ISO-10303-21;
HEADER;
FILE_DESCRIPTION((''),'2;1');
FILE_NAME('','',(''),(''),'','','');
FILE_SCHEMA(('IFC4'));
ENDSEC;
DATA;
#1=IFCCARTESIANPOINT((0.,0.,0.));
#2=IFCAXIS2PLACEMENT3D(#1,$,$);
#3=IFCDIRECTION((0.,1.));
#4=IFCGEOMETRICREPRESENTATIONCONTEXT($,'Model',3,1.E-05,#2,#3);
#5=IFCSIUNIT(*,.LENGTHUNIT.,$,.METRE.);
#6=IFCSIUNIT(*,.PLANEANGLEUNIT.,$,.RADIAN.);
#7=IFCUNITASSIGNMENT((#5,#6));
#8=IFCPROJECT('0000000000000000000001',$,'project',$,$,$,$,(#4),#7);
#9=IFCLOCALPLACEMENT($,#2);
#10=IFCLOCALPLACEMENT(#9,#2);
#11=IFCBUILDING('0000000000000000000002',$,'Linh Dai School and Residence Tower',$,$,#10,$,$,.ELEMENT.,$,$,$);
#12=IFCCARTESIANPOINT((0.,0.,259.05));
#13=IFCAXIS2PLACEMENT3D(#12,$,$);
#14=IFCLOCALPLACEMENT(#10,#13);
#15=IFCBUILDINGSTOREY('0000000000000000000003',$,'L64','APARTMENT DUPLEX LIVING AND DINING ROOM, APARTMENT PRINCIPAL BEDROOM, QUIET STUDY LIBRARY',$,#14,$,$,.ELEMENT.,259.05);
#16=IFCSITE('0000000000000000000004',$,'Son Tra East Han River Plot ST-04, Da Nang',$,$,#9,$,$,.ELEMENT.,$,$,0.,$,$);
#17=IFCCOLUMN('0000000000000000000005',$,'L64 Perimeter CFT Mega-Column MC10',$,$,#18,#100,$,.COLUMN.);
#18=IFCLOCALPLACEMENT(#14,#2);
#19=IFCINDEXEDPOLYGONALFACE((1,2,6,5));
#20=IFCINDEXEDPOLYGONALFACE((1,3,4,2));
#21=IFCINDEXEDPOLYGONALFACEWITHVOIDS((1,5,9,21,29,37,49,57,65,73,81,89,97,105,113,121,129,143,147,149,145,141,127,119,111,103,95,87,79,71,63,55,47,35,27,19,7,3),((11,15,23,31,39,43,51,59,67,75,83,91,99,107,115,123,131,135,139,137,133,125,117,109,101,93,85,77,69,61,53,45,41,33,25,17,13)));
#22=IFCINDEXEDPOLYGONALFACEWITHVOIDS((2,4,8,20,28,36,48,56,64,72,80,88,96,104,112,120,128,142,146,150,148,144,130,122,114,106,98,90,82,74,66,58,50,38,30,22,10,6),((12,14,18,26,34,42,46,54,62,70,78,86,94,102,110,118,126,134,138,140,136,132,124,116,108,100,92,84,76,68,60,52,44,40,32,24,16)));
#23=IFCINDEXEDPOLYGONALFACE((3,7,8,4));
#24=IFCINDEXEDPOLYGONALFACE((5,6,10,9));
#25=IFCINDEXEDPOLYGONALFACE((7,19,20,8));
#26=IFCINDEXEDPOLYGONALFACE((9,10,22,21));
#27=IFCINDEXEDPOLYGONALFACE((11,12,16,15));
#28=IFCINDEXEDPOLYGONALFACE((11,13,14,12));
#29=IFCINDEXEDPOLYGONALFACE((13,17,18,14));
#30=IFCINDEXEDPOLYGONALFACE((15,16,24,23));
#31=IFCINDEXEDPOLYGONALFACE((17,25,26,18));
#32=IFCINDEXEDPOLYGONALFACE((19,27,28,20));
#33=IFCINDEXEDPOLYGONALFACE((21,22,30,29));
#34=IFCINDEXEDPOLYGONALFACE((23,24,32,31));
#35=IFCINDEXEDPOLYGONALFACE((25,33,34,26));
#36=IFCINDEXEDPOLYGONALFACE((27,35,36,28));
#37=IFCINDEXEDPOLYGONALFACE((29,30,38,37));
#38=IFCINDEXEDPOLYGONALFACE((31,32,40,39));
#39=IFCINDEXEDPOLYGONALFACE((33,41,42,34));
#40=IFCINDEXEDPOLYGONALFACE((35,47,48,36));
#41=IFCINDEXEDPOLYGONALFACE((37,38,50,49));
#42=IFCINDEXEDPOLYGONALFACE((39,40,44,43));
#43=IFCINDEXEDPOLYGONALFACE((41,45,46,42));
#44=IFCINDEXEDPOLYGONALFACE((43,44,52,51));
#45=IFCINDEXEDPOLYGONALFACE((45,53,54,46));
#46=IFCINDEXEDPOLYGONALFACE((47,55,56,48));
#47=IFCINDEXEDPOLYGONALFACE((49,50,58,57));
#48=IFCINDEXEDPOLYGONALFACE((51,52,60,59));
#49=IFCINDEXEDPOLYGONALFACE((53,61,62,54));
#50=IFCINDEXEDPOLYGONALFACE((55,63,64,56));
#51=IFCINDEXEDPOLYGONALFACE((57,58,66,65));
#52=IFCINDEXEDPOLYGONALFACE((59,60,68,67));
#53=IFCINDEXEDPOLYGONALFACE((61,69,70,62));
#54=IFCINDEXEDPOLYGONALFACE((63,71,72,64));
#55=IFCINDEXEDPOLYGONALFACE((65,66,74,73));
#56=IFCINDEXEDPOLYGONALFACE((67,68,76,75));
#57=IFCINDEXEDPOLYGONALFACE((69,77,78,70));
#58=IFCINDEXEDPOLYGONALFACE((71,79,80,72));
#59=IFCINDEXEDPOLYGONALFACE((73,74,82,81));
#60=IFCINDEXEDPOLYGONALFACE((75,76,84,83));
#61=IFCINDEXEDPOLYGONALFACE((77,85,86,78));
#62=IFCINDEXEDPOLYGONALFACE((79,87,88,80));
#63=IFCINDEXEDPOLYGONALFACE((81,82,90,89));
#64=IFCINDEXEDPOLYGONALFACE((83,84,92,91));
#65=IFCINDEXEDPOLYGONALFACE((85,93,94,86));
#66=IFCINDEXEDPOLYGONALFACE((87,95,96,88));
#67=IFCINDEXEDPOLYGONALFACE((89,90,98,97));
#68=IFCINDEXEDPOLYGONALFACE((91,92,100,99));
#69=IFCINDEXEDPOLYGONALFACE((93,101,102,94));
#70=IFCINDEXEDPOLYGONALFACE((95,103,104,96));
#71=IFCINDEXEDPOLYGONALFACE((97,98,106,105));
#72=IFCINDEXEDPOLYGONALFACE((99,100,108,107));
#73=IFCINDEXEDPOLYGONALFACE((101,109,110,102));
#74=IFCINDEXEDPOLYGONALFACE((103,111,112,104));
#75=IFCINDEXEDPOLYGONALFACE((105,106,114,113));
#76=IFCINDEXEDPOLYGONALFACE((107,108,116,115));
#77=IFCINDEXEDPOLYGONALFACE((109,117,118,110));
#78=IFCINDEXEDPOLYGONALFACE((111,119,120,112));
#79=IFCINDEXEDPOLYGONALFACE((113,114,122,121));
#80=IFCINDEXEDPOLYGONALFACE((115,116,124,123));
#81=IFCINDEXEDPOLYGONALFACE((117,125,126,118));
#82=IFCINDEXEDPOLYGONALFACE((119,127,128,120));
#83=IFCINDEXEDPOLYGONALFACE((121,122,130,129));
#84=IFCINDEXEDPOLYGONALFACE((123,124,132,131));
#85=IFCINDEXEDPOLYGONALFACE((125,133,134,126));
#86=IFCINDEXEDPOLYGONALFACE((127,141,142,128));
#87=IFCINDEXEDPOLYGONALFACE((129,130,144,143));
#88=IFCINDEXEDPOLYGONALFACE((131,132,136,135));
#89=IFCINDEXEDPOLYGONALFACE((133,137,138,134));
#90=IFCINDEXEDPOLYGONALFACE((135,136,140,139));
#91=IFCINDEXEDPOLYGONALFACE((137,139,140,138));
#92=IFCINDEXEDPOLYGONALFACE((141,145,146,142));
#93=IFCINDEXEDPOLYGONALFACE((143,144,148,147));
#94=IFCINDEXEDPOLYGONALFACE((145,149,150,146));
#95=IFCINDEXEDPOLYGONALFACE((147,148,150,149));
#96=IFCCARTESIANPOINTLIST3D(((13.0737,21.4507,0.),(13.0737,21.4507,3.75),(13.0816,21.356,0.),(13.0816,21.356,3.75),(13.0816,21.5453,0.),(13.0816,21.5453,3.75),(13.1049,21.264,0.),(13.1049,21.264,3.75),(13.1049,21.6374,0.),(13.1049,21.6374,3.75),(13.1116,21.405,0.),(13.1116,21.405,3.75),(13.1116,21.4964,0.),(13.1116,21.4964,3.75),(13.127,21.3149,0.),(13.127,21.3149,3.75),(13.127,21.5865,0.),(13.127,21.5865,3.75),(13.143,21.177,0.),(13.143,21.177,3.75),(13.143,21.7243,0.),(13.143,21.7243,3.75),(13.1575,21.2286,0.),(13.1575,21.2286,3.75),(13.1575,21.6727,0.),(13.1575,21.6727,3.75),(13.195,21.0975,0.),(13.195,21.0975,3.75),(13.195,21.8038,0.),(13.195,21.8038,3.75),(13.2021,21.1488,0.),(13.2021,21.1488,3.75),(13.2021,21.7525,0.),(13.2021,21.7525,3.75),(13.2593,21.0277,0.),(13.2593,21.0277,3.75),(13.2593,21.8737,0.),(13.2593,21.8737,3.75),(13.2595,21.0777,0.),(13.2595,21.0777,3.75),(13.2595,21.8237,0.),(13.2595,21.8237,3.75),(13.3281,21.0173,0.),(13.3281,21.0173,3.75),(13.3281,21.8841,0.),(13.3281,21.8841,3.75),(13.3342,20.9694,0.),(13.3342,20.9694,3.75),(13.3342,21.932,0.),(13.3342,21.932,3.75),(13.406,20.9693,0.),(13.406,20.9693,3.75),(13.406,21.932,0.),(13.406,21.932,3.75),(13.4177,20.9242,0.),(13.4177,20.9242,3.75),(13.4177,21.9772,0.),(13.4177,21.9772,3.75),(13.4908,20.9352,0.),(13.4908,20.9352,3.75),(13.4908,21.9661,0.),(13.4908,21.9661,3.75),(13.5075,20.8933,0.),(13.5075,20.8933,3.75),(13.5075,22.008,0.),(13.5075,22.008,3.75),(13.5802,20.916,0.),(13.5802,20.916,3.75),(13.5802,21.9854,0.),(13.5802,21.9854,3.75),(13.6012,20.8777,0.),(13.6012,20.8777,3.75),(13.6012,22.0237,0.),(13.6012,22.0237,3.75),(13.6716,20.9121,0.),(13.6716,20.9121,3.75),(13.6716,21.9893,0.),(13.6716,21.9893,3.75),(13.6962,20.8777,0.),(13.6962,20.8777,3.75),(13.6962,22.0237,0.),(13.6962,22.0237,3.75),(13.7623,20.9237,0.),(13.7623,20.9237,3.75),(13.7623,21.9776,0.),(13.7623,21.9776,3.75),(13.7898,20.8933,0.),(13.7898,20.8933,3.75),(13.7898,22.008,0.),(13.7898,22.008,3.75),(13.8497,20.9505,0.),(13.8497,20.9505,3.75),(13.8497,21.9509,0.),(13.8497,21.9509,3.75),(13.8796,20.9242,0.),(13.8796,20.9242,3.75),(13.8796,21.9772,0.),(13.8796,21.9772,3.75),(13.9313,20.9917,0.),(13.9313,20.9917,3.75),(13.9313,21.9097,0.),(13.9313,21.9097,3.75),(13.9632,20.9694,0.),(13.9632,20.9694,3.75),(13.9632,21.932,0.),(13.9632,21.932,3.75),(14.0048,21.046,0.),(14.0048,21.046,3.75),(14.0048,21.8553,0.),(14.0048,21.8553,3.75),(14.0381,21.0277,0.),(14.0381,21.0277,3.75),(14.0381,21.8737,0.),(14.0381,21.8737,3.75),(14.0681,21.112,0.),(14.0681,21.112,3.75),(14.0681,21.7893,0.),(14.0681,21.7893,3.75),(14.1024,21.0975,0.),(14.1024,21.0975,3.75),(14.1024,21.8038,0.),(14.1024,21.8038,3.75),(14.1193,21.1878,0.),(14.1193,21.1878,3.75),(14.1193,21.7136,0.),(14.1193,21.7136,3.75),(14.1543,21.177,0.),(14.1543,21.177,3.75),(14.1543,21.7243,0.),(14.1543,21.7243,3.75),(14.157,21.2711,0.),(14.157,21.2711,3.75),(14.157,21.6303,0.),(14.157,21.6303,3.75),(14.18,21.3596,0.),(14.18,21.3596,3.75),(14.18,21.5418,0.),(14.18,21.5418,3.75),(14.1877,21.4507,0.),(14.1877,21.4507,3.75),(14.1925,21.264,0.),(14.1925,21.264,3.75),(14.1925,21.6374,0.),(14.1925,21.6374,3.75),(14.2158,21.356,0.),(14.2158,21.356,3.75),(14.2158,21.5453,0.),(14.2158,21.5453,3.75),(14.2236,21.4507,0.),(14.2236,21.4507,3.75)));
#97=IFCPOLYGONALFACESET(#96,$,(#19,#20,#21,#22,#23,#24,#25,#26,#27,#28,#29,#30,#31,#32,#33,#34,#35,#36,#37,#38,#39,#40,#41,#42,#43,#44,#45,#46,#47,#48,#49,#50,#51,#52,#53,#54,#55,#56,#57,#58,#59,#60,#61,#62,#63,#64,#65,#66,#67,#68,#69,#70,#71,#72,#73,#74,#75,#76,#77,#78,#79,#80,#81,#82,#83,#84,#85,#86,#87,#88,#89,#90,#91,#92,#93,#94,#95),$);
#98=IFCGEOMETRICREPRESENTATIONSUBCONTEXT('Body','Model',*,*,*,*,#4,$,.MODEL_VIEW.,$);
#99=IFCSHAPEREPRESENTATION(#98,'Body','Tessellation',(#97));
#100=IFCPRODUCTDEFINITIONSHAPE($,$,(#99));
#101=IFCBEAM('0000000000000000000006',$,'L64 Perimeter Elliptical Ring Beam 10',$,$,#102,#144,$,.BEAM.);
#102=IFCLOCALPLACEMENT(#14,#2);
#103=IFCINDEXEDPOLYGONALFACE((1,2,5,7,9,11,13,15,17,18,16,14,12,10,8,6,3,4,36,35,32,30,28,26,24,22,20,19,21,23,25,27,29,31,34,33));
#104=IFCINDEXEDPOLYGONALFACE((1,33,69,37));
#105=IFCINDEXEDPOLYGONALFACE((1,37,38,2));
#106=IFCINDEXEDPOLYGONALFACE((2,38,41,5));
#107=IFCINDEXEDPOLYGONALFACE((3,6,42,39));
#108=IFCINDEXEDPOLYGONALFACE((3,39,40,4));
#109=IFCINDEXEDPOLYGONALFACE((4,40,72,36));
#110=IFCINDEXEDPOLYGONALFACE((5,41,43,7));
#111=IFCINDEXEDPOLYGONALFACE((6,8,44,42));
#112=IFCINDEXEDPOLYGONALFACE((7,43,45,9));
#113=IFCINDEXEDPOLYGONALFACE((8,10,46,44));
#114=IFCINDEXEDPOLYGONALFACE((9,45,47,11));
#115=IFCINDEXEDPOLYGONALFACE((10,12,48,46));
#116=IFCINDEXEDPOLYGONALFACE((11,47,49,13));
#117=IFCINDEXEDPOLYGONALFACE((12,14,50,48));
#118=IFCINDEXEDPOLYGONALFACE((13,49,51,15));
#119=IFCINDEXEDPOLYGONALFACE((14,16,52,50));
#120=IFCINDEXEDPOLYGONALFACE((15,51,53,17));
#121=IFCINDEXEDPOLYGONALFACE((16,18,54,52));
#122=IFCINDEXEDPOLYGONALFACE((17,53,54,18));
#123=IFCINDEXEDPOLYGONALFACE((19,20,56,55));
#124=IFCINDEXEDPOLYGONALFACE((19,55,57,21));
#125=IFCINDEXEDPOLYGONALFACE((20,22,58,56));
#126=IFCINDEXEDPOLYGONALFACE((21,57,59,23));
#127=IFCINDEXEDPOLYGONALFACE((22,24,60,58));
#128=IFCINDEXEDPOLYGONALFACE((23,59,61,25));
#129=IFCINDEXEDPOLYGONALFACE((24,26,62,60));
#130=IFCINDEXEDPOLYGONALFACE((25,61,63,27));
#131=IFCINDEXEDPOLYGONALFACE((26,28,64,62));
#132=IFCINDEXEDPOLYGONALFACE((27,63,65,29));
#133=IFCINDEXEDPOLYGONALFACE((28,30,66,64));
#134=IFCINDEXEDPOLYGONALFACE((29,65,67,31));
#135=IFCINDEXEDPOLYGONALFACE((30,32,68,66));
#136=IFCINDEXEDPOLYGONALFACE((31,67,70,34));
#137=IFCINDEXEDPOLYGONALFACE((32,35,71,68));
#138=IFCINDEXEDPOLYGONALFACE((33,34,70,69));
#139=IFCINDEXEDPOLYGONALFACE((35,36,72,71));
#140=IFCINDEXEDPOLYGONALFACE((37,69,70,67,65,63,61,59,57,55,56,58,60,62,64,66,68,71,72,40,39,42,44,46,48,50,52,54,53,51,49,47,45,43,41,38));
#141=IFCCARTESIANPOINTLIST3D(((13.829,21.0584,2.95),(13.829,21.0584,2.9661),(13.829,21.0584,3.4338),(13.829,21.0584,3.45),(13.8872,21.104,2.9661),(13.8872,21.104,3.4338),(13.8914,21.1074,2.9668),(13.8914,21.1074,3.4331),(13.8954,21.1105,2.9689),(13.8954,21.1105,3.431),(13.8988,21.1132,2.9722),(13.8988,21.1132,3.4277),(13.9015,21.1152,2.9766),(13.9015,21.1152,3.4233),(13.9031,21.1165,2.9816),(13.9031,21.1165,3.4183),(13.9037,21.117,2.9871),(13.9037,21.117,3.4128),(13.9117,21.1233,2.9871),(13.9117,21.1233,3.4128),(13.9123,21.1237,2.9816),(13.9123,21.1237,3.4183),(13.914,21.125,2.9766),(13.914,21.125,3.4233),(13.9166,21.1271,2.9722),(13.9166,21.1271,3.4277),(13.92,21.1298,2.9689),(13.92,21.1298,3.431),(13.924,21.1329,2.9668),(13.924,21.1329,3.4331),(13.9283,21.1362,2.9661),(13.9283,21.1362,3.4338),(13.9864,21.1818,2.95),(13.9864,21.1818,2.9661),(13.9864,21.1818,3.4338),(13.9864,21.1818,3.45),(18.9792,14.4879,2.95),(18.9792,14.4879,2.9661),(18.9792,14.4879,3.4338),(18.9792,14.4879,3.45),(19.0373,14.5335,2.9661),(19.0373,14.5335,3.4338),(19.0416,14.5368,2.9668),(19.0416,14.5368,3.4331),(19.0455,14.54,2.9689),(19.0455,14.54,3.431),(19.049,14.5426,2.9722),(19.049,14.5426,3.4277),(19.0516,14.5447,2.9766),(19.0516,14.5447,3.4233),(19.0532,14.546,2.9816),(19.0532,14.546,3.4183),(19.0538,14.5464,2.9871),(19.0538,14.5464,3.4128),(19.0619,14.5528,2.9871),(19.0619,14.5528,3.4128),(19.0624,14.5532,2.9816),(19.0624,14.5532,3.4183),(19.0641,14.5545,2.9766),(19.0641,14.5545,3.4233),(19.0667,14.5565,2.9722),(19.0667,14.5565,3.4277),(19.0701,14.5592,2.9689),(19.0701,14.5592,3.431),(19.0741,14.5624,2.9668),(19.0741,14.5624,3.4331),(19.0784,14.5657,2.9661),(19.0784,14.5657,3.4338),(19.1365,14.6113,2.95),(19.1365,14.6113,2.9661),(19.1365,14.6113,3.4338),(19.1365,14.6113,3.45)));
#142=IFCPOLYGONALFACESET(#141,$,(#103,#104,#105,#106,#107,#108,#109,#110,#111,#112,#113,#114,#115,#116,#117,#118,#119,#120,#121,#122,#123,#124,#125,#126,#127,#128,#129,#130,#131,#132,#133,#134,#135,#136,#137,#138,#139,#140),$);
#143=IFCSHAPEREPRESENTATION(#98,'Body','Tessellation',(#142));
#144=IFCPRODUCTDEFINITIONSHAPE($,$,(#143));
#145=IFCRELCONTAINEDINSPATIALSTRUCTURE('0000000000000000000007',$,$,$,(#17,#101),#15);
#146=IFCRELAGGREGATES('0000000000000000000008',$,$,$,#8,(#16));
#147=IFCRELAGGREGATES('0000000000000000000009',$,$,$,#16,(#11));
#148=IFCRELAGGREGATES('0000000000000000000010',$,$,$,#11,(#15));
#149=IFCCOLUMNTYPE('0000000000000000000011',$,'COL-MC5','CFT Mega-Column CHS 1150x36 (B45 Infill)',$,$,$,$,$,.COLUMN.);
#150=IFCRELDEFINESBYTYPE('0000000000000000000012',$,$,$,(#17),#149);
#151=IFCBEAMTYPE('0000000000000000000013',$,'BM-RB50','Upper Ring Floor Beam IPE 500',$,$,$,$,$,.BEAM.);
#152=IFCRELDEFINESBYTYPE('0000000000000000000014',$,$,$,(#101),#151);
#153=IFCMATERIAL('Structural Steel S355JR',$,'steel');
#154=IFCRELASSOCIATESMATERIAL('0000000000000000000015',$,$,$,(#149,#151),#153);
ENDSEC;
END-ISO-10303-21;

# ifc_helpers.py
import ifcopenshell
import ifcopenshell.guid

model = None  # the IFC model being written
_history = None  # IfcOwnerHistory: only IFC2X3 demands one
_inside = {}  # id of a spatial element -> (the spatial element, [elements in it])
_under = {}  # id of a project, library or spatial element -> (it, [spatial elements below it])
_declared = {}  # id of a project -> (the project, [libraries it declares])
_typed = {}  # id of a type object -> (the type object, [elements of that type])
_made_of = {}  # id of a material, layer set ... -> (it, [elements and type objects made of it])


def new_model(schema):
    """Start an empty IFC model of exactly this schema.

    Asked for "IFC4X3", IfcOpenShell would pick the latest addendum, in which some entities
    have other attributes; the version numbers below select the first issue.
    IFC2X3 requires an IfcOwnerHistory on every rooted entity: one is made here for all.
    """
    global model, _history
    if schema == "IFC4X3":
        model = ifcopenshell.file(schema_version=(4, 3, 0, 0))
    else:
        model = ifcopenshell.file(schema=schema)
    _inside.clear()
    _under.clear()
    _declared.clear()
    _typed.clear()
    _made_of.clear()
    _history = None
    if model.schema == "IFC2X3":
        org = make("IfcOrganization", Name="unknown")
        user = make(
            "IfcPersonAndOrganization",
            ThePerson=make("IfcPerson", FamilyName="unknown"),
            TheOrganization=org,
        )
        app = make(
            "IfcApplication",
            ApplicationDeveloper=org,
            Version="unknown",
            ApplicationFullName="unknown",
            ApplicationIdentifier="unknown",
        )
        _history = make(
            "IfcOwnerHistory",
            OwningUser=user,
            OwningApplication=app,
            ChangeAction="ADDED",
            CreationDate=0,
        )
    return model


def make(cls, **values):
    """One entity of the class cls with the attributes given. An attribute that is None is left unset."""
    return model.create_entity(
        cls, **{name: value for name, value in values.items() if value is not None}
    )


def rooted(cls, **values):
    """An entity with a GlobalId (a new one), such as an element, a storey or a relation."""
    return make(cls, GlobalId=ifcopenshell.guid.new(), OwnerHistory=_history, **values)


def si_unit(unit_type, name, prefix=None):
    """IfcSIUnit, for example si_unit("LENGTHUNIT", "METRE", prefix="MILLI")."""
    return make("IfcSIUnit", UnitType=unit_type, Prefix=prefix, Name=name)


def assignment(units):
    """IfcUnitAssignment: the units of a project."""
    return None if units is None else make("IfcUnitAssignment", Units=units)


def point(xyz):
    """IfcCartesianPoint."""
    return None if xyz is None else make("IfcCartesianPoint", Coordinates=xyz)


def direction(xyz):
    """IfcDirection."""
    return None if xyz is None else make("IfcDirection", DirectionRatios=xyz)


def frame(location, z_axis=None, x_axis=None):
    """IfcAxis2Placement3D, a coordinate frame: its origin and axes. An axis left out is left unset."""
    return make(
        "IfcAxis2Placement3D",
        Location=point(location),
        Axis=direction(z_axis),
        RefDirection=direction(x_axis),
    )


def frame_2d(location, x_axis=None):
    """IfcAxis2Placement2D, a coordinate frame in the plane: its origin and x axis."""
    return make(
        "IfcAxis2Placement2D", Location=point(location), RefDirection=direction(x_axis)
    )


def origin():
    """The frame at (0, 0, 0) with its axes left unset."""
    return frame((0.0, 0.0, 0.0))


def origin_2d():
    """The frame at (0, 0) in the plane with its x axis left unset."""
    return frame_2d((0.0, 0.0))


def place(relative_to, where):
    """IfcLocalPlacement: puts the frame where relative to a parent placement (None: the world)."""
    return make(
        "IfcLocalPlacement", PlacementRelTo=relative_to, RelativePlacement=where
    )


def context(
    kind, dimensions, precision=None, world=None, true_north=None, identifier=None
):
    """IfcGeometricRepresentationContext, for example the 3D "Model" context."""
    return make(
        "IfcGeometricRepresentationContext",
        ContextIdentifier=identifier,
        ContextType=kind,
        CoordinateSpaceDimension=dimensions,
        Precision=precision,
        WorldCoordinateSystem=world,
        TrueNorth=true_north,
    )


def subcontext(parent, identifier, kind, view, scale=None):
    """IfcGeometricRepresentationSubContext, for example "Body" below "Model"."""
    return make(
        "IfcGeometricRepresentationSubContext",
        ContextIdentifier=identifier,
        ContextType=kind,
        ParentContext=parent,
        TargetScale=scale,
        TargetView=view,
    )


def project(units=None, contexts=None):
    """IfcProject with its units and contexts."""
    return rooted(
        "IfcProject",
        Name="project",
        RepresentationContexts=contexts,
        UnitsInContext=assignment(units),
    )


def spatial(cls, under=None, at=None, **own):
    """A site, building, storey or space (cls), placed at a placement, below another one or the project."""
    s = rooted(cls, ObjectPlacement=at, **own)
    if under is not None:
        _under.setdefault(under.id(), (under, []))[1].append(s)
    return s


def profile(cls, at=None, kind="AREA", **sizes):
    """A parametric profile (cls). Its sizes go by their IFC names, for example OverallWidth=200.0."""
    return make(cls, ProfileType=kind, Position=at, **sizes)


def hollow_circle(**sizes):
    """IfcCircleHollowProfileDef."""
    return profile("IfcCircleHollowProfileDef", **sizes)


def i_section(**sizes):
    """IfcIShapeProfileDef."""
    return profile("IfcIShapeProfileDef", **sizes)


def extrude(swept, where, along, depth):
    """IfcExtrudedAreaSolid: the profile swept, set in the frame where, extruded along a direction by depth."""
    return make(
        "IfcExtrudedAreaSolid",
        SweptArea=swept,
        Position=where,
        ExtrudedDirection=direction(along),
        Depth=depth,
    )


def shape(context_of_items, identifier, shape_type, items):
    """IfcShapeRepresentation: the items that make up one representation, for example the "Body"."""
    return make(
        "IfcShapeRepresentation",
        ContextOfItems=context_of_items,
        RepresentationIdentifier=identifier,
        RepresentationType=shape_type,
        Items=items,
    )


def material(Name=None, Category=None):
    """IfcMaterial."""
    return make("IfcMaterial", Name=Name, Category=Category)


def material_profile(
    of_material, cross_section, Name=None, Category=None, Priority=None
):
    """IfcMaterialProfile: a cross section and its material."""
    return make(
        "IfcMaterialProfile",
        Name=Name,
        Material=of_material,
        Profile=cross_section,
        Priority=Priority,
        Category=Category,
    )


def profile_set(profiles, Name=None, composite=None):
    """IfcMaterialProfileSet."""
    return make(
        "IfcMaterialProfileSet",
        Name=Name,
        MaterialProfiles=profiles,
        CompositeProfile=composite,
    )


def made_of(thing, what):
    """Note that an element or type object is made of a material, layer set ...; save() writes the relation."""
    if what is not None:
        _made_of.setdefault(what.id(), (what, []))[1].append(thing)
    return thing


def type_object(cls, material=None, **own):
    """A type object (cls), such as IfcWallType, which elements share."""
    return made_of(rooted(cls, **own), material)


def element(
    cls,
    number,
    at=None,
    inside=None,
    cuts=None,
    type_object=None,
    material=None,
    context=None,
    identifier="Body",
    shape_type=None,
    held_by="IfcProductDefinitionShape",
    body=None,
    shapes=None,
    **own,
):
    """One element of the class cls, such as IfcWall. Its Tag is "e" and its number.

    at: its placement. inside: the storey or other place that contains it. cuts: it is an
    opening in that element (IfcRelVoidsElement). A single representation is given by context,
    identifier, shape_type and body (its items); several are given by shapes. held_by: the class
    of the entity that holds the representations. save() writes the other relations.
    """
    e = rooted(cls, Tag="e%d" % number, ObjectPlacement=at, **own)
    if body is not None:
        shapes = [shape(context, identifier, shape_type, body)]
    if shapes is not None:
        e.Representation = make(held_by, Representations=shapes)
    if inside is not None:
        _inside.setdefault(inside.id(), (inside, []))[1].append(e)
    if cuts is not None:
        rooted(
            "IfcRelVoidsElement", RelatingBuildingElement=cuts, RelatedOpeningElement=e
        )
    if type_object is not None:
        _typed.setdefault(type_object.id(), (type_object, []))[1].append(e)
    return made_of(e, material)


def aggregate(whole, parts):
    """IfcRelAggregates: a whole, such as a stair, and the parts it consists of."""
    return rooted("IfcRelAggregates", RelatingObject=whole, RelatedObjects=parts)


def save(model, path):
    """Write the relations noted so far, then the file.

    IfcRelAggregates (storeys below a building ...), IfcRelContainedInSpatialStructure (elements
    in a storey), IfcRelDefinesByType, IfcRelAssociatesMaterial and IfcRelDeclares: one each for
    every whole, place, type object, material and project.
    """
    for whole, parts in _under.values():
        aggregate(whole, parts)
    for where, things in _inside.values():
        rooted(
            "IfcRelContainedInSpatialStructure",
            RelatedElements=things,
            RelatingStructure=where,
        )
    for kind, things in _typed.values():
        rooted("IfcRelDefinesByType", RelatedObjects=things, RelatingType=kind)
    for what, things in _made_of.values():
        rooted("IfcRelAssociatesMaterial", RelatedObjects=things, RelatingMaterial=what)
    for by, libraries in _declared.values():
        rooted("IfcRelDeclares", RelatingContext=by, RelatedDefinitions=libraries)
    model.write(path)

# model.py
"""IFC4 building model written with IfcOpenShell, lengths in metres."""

from ifc_helpers import new_model, si_unit, direction, frame, origin, origin_2d, place, context, subcontext, project, spatial, hollow_circle, i_section, extrude, material, material_profile, profile_set, type_object, element, save


model = new_model("IFC4")

# Units and contexts
model_context = context("Model", 3, precision=1e-05, world=origin(), true_north=direction((0.0, 1.0)))
body_context = subcontext(model_context, "Body", "Model", "MODEL_VIEW")
ifc_project = project(units=[si_unit("LENGTHUNIT", "METRE"), si_unit("PLANEANGLEUNIT", "RADIAN")], contexts=[model_context])

# Site, building, storey
site_placement = place(None, origin())
site = spatial("IfcSite", under=ifc_project, at=site_placement, Name="Son Tra East Han River Plot ST-04, Da Nang", CompositionType="ELEMENT", RefElevation=0.0)
building_placement = place(site_placement, origin())
building = spatial("IfcBuilding", under=site, at=building_placement, Name="Linh Dai School and Residence Tower", CompositionType="ELEMENT")
storey_placement = place(building_placement, frame((0.0, 0.0, 259.05)))
storey = spatial("IfcBuildingStorey", under=building, at=storey_placement, Name="L64", Description="APARTMENT DUPLEX LIVING AND DINING ROOM, APARTMENT PRINCIPAL BEDROOM, QUIET STUDY LIBRARY", CompositionType="ELEMENT", Elevation=259.05)

# Column
ifc_material_1 = material(Name="Structural Steel S355JR", Category="steel")
ifc_material_profile_1 = material_profile(ifc_material_1, hollow_circle(Radius=0.575, WallThickness=0.0359, at=origin_2d()), Name="CHS 1150x36")
ifc_profile_set_1 = profile_set([ifc_material_profile_1], Name="Structural Steel S355JR")
column_type = type_object("IfcColumnType", Name="COL-MC5", Description="CFT Mega-Column CHS 1150x36 (B45 Infill)", PredefinedType="COLUMN", material=ifc_profile_set_1)
column_placement = place(storey_placement, frame((13.6487, 21.4507, 0.0), z_axis=(0.0, 0.0, 1.0), x_axis=(1.0, 0.0, 0.0)))
element("IfcColumn", 1, at=column_placement, inside=storey, type_object=column_type, Name="L64 Perimeter CFT Mega-Column MC10", PredefinedType="COLUMN", context=body_context, shape_type="SweptSolid", body=[
    extrude(hollow_circle(Radius=0.575, WallThickness=0.0359, at=origin_2d()), origin(), (0.0, 0.0, 1.0), 3.75),
])

# Beam
ifc_material_profile_2 = material_profile(ifc_material_1, i_section(OverallWidth=0.2, OverallDepth=0.5, WebThickness=0.0103, FlangeThickness=0.0161, FilletRadius=0.021, at=origin_2d()), Name="IPE 500")
ifc_profile_set_2 = profile_set([ifc_material_profile_2], Name="Structural Steel S355JR")
beam_type = type_object("IfcBeamType", Name="BM-RB50", Description="Upper Ring Floor Beam IPE 500", PredefinedType="BEAM", material=ifc_profile_set_2)
beam_placement = place(storey_placement, frame((13.9077, 21.1201, 3.2), z_axis=(0.6169, -0.787041, 0.0), x_axis=(0.787041, 0.6169, 0.0)))
element("IfcBeam", 2, at=beam_placement, inside=storey, type_object=beam_type, Name="L64 Perimeter Elliptical Ring Beam 10", PredefinedType="BEAM", context=body_context, shape_type="SweptSolid", body=[
    extrude(i_section(OverallWidth=0.2, OverallDepth=0.5, WebThickness=0.0103, FlangeThickness=0.0161, FilletRadius=0.021, at=origin_2d()), origin(), (0.0, 0.0, 1.0), 8.3484),
])

save(model, "model.ifc")
